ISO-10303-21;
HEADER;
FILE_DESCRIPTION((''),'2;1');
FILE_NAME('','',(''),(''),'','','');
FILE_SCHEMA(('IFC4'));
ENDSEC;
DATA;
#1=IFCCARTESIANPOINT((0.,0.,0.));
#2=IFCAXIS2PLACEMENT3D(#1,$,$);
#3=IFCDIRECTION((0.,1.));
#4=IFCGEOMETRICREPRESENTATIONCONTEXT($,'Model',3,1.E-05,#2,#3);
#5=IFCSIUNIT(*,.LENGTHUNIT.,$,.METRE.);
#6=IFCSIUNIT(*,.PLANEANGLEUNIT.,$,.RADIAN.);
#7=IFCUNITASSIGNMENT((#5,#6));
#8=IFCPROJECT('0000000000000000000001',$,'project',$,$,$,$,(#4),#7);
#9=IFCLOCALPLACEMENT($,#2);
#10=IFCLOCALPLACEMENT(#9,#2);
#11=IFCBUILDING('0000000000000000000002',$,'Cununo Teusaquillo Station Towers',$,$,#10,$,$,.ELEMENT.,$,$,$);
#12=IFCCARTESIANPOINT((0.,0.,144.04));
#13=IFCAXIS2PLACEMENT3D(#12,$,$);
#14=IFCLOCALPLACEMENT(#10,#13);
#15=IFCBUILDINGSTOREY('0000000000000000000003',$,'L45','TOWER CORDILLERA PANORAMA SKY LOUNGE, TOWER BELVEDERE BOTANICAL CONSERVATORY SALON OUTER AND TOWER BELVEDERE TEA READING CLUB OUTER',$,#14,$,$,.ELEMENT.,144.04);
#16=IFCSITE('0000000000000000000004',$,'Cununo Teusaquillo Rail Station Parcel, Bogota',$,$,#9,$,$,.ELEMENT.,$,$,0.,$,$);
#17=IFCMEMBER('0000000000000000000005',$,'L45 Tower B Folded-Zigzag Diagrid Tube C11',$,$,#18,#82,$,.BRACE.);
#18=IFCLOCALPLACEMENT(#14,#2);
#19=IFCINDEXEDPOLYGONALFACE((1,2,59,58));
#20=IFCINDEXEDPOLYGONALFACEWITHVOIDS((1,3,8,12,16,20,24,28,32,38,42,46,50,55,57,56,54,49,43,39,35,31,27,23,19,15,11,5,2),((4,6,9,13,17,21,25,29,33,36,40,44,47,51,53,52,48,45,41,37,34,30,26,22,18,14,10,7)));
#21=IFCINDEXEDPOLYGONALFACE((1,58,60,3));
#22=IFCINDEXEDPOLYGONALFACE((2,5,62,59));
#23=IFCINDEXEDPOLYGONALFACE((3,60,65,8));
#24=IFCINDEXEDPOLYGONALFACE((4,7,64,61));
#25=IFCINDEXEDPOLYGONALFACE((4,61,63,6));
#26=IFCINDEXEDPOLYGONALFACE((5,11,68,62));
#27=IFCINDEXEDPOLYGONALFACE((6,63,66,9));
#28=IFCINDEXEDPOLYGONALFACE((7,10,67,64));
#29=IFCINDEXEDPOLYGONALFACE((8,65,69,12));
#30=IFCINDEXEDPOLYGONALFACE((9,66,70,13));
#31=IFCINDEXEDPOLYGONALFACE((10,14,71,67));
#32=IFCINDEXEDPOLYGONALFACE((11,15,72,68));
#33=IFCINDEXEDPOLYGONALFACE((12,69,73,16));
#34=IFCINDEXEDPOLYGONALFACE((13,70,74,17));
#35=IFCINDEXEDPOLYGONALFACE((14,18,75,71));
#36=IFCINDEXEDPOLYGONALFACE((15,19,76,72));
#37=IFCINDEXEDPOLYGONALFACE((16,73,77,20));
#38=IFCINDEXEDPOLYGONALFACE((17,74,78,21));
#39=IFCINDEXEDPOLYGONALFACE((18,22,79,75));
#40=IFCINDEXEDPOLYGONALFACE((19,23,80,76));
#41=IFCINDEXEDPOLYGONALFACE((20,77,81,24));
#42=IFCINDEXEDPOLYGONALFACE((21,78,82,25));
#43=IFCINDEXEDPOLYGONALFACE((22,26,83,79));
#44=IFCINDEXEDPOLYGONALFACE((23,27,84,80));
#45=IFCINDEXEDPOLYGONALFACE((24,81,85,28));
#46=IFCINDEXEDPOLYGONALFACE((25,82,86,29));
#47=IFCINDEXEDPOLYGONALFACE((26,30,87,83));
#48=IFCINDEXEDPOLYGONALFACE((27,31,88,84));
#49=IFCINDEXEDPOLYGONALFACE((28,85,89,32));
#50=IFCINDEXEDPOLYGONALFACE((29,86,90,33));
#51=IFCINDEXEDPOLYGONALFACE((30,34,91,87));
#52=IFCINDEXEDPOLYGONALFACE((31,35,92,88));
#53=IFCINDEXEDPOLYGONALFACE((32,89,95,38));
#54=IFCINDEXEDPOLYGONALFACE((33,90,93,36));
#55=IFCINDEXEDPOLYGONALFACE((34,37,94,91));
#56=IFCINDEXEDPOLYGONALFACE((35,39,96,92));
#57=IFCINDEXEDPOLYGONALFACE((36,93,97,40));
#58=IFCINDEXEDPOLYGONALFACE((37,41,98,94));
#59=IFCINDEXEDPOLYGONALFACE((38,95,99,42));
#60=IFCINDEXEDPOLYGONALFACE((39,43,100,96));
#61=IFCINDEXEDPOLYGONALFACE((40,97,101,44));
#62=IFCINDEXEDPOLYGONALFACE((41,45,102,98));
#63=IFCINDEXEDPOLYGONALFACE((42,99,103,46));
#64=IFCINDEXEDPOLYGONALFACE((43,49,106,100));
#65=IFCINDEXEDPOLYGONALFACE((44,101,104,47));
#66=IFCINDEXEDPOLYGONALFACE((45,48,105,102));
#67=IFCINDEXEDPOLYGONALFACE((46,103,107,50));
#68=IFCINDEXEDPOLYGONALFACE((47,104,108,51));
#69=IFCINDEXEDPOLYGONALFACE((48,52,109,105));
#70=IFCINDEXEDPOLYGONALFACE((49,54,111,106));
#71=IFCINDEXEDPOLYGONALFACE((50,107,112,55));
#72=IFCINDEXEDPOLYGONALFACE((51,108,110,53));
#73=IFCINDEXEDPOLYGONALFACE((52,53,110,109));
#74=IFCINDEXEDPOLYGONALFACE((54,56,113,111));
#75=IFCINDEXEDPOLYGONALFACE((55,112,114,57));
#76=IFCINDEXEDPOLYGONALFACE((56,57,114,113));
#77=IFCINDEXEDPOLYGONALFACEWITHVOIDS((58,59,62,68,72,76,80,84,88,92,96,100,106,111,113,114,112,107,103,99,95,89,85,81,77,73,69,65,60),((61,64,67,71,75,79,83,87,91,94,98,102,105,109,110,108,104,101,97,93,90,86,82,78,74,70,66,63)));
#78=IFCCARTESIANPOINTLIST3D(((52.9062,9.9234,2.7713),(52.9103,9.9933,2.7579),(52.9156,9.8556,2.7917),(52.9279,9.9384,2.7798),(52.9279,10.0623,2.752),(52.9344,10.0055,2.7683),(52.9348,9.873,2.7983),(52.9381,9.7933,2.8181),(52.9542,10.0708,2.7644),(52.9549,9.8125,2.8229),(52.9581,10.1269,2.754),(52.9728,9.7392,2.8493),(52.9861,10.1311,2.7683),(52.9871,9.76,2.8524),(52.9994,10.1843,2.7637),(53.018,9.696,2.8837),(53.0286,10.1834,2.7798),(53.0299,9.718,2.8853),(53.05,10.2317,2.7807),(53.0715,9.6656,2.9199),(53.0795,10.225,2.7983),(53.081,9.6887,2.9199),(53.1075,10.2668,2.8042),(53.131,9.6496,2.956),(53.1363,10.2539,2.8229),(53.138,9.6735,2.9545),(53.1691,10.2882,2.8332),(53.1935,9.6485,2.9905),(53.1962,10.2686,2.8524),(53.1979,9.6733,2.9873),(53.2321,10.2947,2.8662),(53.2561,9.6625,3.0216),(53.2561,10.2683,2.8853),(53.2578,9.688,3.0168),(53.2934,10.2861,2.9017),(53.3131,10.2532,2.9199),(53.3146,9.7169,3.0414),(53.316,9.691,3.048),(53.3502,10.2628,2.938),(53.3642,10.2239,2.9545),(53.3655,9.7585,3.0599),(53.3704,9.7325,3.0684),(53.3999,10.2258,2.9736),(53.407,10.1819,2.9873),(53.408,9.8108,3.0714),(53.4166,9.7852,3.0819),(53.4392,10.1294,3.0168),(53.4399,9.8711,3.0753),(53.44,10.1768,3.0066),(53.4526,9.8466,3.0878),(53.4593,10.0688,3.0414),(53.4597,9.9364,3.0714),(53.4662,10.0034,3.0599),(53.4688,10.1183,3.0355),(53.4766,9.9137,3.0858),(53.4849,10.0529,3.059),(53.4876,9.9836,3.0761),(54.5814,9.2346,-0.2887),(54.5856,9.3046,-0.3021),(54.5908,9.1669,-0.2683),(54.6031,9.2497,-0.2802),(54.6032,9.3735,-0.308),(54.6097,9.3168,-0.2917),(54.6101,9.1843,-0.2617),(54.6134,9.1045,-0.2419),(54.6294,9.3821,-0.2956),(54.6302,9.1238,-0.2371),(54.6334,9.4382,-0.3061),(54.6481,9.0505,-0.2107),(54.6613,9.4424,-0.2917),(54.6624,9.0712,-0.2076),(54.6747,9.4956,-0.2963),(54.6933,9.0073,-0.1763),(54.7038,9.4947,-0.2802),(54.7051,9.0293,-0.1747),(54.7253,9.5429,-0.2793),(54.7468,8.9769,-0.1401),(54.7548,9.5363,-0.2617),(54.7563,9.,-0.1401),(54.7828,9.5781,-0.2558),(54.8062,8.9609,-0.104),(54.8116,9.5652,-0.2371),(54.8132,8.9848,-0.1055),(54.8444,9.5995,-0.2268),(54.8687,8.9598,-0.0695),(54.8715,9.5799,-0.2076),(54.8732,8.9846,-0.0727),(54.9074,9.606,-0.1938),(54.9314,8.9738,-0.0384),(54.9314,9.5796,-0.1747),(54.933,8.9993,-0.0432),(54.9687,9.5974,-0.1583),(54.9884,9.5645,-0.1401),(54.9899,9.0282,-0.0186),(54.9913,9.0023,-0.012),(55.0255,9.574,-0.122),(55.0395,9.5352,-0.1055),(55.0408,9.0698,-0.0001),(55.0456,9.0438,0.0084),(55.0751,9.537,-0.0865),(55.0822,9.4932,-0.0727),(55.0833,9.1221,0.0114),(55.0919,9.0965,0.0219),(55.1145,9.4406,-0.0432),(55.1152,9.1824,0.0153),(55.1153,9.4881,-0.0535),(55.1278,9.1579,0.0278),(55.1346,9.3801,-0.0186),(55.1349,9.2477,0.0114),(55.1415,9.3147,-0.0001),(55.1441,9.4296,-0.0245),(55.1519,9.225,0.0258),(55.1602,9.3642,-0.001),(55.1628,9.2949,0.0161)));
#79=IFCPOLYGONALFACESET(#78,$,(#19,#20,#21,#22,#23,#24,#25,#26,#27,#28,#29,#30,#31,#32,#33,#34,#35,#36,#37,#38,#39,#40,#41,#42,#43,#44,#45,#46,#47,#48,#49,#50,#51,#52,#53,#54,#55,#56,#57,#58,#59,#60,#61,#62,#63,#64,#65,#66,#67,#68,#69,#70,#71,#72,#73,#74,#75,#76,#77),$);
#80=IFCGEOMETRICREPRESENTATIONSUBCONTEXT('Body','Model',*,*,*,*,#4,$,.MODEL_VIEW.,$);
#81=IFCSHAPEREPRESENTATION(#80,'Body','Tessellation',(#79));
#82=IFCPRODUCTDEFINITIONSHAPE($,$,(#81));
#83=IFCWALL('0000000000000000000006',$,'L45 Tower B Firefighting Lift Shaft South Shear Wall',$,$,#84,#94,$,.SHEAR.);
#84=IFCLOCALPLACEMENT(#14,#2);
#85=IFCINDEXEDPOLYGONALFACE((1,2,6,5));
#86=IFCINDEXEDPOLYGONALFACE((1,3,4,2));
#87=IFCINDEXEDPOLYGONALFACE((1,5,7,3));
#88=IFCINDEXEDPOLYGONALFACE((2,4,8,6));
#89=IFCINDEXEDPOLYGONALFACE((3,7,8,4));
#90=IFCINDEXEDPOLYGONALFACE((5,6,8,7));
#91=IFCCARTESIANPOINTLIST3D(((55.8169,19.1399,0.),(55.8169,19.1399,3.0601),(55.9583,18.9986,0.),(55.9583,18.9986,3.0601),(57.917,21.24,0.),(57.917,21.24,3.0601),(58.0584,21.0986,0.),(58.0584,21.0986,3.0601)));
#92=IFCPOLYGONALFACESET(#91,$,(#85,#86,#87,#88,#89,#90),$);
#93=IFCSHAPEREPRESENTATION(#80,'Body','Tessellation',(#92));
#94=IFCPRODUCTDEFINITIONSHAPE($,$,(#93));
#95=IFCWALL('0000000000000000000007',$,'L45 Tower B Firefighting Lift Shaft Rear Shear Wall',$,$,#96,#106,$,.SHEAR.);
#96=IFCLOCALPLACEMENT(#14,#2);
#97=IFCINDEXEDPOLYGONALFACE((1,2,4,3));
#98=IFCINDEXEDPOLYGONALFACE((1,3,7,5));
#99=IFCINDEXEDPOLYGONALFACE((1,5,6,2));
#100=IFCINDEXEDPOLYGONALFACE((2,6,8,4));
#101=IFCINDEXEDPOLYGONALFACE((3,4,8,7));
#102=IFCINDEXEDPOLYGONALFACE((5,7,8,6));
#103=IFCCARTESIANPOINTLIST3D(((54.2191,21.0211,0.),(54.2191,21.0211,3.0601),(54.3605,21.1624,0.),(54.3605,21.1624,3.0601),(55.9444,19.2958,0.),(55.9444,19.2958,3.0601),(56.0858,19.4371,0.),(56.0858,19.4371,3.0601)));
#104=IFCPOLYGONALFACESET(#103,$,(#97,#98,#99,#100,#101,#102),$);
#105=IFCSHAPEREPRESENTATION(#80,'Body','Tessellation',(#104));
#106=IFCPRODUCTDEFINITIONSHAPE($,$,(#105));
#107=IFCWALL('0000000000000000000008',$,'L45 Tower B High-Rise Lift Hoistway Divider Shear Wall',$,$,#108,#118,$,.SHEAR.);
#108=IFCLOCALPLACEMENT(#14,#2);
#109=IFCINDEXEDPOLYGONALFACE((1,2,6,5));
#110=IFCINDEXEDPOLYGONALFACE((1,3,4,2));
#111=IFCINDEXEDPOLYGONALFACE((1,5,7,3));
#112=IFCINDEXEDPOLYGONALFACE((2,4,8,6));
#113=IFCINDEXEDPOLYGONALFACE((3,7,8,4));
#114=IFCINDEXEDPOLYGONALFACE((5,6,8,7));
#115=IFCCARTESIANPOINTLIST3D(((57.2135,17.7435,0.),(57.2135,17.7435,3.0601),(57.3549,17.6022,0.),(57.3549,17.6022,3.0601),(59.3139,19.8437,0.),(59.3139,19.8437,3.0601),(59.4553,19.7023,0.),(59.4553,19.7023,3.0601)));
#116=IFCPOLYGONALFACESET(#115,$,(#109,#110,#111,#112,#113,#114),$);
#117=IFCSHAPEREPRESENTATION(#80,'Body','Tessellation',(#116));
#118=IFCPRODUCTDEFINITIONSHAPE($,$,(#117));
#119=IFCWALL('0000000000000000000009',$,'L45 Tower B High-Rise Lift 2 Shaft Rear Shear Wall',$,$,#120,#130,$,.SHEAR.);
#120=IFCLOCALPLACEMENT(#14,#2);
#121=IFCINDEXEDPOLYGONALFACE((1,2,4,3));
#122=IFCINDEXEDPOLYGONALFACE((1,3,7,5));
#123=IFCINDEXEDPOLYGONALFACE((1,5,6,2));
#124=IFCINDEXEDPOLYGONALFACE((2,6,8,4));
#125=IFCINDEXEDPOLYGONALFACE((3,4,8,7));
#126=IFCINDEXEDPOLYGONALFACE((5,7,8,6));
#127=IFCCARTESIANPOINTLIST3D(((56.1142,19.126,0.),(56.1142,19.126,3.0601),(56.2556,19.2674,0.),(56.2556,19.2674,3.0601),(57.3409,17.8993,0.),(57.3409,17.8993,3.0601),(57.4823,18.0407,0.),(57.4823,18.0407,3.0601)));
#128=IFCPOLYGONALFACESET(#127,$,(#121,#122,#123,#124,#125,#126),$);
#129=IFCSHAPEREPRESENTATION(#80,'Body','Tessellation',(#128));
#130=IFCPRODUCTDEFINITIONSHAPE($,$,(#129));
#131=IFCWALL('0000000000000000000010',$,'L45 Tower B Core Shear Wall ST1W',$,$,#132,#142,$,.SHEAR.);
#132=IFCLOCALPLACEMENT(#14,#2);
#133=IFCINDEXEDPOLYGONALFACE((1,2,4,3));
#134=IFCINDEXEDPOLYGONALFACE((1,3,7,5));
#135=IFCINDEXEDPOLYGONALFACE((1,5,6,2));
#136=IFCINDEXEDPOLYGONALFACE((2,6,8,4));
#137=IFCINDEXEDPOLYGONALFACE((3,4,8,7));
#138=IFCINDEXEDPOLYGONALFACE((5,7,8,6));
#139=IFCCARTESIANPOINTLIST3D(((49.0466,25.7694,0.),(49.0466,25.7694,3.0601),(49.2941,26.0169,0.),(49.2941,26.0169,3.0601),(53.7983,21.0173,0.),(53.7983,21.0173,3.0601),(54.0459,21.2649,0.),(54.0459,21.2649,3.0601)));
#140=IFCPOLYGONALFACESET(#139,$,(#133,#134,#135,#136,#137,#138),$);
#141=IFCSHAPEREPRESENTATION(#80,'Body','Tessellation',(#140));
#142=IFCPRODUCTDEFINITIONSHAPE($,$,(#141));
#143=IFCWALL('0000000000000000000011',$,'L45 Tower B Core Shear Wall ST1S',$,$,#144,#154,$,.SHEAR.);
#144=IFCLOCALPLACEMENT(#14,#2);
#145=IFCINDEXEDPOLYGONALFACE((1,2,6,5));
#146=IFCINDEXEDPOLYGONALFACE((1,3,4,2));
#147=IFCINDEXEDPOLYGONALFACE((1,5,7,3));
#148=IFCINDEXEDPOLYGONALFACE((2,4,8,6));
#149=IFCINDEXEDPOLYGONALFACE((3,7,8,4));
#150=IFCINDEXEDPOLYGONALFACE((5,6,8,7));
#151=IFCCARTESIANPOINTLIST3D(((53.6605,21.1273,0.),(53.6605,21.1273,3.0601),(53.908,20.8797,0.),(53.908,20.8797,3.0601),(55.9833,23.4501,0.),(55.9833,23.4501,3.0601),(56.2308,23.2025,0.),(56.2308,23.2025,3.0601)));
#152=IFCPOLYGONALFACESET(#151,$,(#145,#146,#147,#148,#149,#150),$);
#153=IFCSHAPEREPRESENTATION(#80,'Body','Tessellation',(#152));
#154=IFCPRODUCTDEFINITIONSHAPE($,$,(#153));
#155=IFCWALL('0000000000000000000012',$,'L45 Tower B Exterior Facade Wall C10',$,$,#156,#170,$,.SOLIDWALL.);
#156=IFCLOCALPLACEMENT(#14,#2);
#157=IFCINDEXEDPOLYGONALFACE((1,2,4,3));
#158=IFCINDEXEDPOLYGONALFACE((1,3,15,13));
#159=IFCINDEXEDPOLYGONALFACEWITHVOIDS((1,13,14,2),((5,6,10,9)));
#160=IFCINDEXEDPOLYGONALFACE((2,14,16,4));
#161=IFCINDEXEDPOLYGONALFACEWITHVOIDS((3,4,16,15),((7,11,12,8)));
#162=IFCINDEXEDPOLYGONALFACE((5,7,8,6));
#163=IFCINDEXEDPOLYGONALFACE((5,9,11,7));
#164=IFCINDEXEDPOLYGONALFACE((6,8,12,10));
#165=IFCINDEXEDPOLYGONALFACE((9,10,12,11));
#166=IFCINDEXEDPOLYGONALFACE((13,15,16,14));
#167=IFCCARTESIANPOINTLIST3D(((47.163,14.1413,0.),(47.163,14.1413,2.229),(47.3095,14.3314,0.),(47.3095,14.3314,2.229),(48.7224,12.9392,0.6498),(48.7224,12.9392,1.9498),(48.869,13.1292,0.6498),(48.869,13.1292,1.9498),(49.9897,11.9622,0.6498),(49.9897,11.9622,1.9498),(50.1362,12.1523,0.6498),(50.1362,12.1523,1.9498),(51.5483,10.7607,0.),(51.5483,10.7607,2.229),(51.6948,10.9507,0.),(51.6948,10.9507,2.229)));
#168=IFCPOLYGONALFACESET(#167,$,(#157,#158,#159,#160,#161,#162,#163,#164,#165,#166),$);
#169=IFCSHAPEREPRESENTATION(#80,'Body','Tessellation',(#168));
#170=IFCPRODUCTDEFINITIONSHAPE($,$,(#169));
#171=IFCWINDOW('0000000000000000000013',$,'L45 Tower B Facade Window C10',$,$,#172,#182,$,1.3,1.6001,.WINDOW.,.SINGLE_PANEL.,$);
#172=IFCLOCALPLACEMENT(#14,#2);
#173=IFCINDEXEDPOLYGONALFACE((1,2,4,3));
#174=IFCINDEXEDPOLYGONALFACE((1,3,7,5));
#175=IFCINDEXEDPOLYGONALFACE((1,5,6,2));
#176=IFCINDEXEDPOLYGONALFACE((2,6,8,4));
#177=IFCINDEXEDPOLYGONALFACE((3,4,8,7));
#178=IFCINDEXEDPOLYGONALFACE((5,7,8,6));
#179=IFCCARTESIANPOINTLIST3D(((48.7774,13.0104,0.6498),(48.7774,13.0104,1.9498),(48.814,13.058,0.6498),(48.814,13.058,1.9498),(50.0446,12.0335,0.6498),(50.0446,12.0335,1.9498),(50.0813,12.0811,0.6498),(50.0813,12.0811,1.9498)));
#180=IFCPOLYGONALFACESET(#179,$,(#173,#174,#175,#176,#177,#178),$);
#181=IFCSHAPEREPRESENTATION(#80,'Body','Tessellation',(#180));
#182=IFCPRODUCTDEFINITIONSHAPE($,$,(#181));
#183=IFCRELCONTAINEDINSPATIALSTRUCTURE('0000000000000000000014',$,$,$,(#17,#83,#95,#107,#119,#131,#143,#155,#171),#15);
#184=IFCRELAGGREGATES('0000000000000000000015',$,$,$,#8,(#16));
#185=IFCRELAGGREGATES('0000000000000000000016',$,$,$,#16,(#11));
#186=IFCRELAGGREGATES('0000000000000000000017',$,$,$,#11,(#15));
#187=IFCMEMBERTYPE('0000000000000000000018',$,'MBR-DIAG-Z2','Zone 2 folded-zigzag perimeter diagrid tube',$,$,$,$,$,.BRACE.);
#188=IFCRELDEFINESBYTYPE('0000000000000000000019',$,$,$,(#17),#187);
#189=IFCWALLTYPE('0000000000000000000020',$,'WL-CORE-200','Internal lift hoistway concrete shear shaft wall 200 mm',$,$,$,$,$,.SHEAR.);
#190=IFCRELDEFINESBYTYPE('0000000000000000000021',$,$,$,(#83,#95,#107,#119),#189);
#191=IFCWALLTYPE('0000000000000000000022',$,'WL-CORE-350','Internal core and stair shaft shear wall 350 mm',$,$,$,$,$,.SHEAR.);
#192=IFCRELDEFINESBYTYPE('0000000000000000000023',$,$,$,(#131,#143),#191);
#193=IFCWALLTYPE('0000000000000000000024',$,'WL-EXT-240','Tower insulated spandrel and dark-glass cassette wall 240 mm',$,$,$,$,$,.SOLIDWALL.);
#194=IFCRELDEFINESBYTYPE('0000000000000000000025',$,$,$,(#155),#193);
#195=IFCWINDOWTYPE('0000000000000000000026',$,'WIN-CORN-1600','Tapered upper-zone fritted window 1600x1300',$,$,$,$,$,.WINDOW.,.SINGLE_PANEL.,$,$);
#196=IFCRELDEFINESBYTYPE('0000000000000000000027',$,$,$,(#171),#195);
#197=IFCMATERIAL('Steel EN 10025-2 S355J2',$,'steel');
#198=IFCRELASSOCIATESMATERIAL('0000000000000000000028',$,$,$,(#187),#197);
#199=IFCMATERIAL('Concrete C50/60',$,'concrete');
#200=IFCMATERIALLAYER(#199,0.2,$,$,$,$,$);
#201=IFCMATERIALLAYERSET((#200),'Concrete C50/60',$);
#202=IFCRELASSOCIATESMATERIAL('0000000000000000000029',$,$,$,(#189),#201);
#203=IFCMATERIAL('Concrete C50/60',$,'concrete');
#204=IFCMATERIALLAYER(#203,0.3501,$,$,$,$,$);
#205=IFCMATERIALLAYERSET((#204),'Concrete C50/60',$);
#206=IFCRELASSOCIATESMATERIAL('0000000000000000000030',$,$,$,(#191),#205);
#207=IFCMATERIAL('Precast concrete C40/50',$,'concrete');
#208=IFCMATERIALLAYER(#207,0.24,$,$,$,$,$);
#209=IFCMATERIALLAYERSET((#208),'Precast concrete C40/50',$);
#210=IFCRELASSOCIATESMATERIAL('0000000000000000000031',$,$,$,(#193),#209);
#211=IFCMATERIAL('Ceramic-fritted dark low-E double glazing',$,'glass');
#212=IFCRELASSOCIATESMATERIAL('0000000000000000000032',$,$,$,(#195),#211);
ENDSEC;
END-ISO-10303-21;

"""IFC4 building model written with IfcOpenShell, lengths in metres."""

from ifc_helpers import new_model, si_unit, direction, frame, frame_2d, origin, origin_2d, place, context, subcontext, project, spatial, rectangle, hollow_circle, extrude, source, transform, mapped, material, layer, layer_set, material_profile, profile_set, type_object, element, fill, save


model = new_model("IFC4")

# Units and contexts
model_context = context("Model", 3, precision=1e-05, world=origin(), true_north=direction((0.0, 1.0)))
body_context = subcontext(model_context, "Body", "Model", "MODEL_VIEW")
ifc_project = project(units=[si_unit("LENGTHUNIT", "METRE"), si_unit("PLANEANGLEUNIT", "RADIAN")], contexts=[model_context])

# Site, building, storey
site_placement = place(None, origin())
site = spatial("IfcSite", under=ifc_project, at=site_placement, Name="Cununo Teusaquillo Rail Station Parcel, Bogota", CompositionType="ELEMENT", RefElevation=0.0)
building_placement = place(site_placement, origin())
building = spatial("IfcBuilding", under=site, at=building_placement, Name="Cununo Teusaquillo Station Towers", CompositionType="ELEMENT")
storey_placement = place(building_placement, frame((0.0, 0.0, 144.04)))
storey = spatial("IfcBuildingStorey", under=building, at=storey_placement, Name="L45", Description="TOWER CORDILLERA PANORAMA SKY LOUNGE, TOWER BELVEDERE BOTANICAL CONSERVATORY SALON OUTER AND TOWER BELVEDERE TEA READING CLUB OUTER", CompositionType="ELEMENT", Elevation=144.04)

# Member
ifc_material_1 = material(Name="Steel EN 10025-2 S355J2", Category="steel")
ifc_material_profile_1 = material_profile(ifc_material_1, hollow_circle(Radius=0.3301, WallThickness=0.0249, at=origin_2d()), Name="CHS 660x25")
ifc_profile_set_1 = profile_set([ifc_material_profile_1], Name="Steel EN 10025-2 S355J2")
member_type = type_object("IfcMemberType", Name="MBR-DIAG-Z2", Description="Zone 2 folded-zigzag perimeter diagrid tube", PredefinedType="BRACE", material=ifc_profile_set_1)
member_placement = place(storey_placement, frame((54.8723, 9.2822, -0.1401), z_axis=(-0.471122, 0.19368, 0.860542), x_axis=(-0.380228, -0.924893, 0.0)))
element("IfcMember", 1, at=member_placement, inside=storey, type_object=member_type, Name="L45 Tower B Folded-Zigzag Diagrid Tube C11", PredefinedType="BRACE", context=body_context, shape_type="SweptSolid", body=[
    extrude(hollow_circle(Radius=0.3301, WallThickness=0.0249, at=origin_2d()), origin(), (0.0, 0.0, 1.0), 3.5559),
])

# Walls
ifc_material_2 = material(Name="Concrete C50/60", Category="concrete")
ifc_layer_1 = layer(ifc_material_2, 0.2)
ifc_layer_set_1 = layer_set([ifc_layer_1], Name="Concrete C50/60")
wall_type_1 = type_object("IfcWallType", Name="WL-CORE-200", Description="Internal lift hoistway concrete shear shaft wall 200 mm", PredefinedType="SHEAR", material=ifc_layer_set_1)
wall_1_placement = place(storey_placement, frame((55.8877, 19.0693, 0.0), z_axis=(0.0, 0.0, 1.0), x_axis=(0.707107, 0.707107, 0.0)))
element("IfcWall", 2, at=wall_1_placement, inside=storey, type_object=wall_type_1, Name="L45 Tower B Firefighting Lift Shaft South Shear Wall", PredefinedType="SHEAR", context=body_context, shape_type="SweptSolid", body=[
    extrude(rectangle(XDim=2.97, YDim=0.2, at=frame_2d((1.4849, 0.0))), origin(), (0.0, 0.0, 1.0), 3.0601),
])
wall_2_placement = place(storey_placement, frame((56.0151, 19.3665, 0.0), z_axis=(0.0, 0.0, 1.0), x_axis=(-0.707107, 0.707107, 0.0)))
element("IfcWall", 3, at=wall_2_placement, inside=storey, type_object=wall_type_1, Name="L45 Tower B Firefighting Lift Shaft Rear Shear Wall", PredefinedType="SHEAR", context=body_context, shape_type="SweptSolid", body=[
    extrude(rectangle(XDim=2.4399, YDim=0.2, at=frame_2d((1.22, 0.0))), origin(), (0.0, 0.0, 1.0), 3.0601),
])
wall_3_placement = place(storey_placement, frame((57.2842, 17.6729, 0.0), z_axis=(0.0, 0.0, 1.0), x_axis=(0.707148, 0.707066, 0.0)))
element("IfcWall", 4, at=wall_3_placement, inside=storey, type_object=wall_type_1, Name="L45 Tower B High-Rise Lift Hoistway Divider Shear Wall", PredefinedType="SHEAR", context=body_context, shape_type="SweptSolid", body=[
    extrude(rectangle(XDim=2.9702, YDim=0.2, at=frame_2d((1.4851, 0.0))), origin(), (0.0, 0.0, 1.0), 3.0601),
])
wall_4_placement = place(storey_placement, frame((57.4116, 17.97, 0.0), z_axis=(0.0, 0.0, 1.0), x_axis=(-0.707107, 0.707107, 0.0)))
element("IfcWall", 5, at=wall_4_placement, inside=storey, type_object=wall_type_1, Name="L45 Tower B High-Rise Lift 2 Shaft Rear Shear Wall", PredefinedType="SHEAR", context=body_context, shape_type="SweptSolid", body=[
    extrude(rectangle(XDim=1.7349, YDim=0.2, at=frame_2d((0.8674, 0.0))), origin(), (0.0, 0.0, 1.0), 3.0601),
])
ifc_material_3 = material(Name="Concrete C50/60", Category="concrete")
ifc_layer_2 = layer(ifc_material_3, 0.3501)
ifc_layer_set_2 = layer_set([ifc_layer_2], Name="Concrete C50/60")
wall_type_2 = type_object("IfcWallType", Name="WL-CORE-350", Description="Internal core and stair shaft shear wall 350 mm", PredefinedType="SHEAR", material=ifc_layer_set_2)
wall_5_placement = place(storey_placement, frame((53.9221, 21.1411, 0.0), z_axis=(0.0, 0.0, 1.0), x_axis=(-0.707089, 0.707125, 0.0)))
element("IfcWall", 6, at=wall_5_placement, inside=storey, type_object=wall_type_2, Name="L45 Tower B Core Shear Wall ST1W", PredefinedType="SHEAR", context=body_context, shape_type="SweptSolid", body=[
    extrude(rectangle(XDim=6.7202, YDim=0.3501, at=frame_2d((3.3601, 0.0))), origin(), (0.0, 0.0, 1.0), 3.0601),
])
wall_6_placement = place(storey_placement, frame((53.7842, 21.0034, 0.0), z_axis=(0.0, 0.0, 1.0), x_axis=(0.707107, 0.707107, 0.0)))
element("IfcWall", 7, at=wall_6_placement, inside=storey, type_object=wall_type_2, Name="L45 Tower B Core Shear Wall ST1S", PredefinedType="SHEAR", context=body_context, shape_type="SweptSolid", body=[
    extrude(rectangle(XDim=3.2849, YDim=0.3501, at=frame_2d((1.6426, 0.0))), origin(), (0.0, 0.0, 1.0), 3.0601),
])

# Wall, opening, window
ifc_material_4 = material(Name="Precast concrete C40/50", Category="concrete")
ifc_layer_3 = layer(ifc_material_4, 0.24)
ifc_layer_set_3 = layer_set([ifc_layer_3], Name="Precast concrete C40/50")
wall_type_3 = type_object("IfcWallType", Name="WL-EXT-240", Description="Tower insulated spandrel and dark-glass cassette wall 240 mm", PredefinedType="SOLIDWALL", material=ifc_layer_set_3)
wall_7_placement = place(storey_placement, frame((51.6216, 10.8557, 0.0), z_axis=(0.0, 0.0, 1.0), x_axis=(-0.791983, 0.610544, 0.0)))
wall_7 = element("IfcWall", 8, at=wall_7_placement, inside=storey, type_object=wall_type_3, Name="L45 Tower B Exterior Facade Wall C10", PredefinedType="SOLIDWALL", context=body_context, shape_type="SweptSolid", body=[
    extrude(rectangle(XDim=5.5371, YDim=0.24, at=frame_2d((2.7686, 0.0))), origin(), (0.0, 0.0, 1.0), 2.229),
])
shared_shape_1 = source(origin(), body_context, "Body", "SweptSolid", [
    extrude(rectangle(XDim=1.6001, YDim=1.3, at=frame_2d((0.8, 0.6499))), frame((0.0, 0.1299, 0.0), z_axis=(0.0, -1.0, 0.0), x_axis=(1.0, 0.0, 0.0)), (0.0, 0.0, 1.0), 0.26),
])
opening_1_placement = place(wall_7_placement, frame((1.968, 0.0, 0.6499)))
opening_1 = element("IfcOpeningElement", 9, at=opening_1_placement, cuts=wall_7, PredefinedType="OPENING", context=body_context, shape_type="MappedRepresentation", body=[
    mapped(shared_shape_1, transform((0.0, 0.0, 0.0), x_axis=(1.0, 0.0, 0.0), y_axis=(0.0, 1.0, 0.0), z_axis=(0.0, 0.0, 1.0), scale=1.0)),
])
ifc_material_5 = material(Name="Ceramic-fritted dark low-E double glazing", Category="glass")
window_type = type_object("IfcWindowType", Name="WIN-CORN-1600", Description="Tapered upper-zone fritted window 1600x1300", PartitioningType="SINGLE_PANEL", PredefinedType="WINDOW", material=ifc_material_5)
shared_shape_2 = source(origin(), body_context, "Body", "SweptSolid", [
    extrude(rectangle(XDim=1.6001, YDim=1.3, at=frame_2d((0.8, 0.6499))), frame((0.0, 0.03, 0.0), z_axis=(0.0, -1.0, 0.0), x_axis=(1.0, 0.0, 0.0)), (0.0, 0.0, 1.0), 0.0601),
])
window_placement = place(opening_1_placement, origin())
window = element("IfcWindow", 10, at=window_placement, inside=storey, type_object=window_type, Name="L45 Tower B Facade Window C10", OverallHeight=1.3, OverallWidth=1.6001, PartitioningType="SINGLE_PANEL", PredefinedType="WINDOW", context=body_context, shape_type="MappedRepresentation", body=[
    mapped(shared_shape_2, transform((0.0, 0.0, 0.0), x_axis=(1.0, 0.0, 0.0), y_axis=(0.0, 1.0, 0.0), z_axis=(0.0, 0.0, 1.0), scale=1.0)),
])
fill(opening_1, window)

save(model, "model.ifc")
